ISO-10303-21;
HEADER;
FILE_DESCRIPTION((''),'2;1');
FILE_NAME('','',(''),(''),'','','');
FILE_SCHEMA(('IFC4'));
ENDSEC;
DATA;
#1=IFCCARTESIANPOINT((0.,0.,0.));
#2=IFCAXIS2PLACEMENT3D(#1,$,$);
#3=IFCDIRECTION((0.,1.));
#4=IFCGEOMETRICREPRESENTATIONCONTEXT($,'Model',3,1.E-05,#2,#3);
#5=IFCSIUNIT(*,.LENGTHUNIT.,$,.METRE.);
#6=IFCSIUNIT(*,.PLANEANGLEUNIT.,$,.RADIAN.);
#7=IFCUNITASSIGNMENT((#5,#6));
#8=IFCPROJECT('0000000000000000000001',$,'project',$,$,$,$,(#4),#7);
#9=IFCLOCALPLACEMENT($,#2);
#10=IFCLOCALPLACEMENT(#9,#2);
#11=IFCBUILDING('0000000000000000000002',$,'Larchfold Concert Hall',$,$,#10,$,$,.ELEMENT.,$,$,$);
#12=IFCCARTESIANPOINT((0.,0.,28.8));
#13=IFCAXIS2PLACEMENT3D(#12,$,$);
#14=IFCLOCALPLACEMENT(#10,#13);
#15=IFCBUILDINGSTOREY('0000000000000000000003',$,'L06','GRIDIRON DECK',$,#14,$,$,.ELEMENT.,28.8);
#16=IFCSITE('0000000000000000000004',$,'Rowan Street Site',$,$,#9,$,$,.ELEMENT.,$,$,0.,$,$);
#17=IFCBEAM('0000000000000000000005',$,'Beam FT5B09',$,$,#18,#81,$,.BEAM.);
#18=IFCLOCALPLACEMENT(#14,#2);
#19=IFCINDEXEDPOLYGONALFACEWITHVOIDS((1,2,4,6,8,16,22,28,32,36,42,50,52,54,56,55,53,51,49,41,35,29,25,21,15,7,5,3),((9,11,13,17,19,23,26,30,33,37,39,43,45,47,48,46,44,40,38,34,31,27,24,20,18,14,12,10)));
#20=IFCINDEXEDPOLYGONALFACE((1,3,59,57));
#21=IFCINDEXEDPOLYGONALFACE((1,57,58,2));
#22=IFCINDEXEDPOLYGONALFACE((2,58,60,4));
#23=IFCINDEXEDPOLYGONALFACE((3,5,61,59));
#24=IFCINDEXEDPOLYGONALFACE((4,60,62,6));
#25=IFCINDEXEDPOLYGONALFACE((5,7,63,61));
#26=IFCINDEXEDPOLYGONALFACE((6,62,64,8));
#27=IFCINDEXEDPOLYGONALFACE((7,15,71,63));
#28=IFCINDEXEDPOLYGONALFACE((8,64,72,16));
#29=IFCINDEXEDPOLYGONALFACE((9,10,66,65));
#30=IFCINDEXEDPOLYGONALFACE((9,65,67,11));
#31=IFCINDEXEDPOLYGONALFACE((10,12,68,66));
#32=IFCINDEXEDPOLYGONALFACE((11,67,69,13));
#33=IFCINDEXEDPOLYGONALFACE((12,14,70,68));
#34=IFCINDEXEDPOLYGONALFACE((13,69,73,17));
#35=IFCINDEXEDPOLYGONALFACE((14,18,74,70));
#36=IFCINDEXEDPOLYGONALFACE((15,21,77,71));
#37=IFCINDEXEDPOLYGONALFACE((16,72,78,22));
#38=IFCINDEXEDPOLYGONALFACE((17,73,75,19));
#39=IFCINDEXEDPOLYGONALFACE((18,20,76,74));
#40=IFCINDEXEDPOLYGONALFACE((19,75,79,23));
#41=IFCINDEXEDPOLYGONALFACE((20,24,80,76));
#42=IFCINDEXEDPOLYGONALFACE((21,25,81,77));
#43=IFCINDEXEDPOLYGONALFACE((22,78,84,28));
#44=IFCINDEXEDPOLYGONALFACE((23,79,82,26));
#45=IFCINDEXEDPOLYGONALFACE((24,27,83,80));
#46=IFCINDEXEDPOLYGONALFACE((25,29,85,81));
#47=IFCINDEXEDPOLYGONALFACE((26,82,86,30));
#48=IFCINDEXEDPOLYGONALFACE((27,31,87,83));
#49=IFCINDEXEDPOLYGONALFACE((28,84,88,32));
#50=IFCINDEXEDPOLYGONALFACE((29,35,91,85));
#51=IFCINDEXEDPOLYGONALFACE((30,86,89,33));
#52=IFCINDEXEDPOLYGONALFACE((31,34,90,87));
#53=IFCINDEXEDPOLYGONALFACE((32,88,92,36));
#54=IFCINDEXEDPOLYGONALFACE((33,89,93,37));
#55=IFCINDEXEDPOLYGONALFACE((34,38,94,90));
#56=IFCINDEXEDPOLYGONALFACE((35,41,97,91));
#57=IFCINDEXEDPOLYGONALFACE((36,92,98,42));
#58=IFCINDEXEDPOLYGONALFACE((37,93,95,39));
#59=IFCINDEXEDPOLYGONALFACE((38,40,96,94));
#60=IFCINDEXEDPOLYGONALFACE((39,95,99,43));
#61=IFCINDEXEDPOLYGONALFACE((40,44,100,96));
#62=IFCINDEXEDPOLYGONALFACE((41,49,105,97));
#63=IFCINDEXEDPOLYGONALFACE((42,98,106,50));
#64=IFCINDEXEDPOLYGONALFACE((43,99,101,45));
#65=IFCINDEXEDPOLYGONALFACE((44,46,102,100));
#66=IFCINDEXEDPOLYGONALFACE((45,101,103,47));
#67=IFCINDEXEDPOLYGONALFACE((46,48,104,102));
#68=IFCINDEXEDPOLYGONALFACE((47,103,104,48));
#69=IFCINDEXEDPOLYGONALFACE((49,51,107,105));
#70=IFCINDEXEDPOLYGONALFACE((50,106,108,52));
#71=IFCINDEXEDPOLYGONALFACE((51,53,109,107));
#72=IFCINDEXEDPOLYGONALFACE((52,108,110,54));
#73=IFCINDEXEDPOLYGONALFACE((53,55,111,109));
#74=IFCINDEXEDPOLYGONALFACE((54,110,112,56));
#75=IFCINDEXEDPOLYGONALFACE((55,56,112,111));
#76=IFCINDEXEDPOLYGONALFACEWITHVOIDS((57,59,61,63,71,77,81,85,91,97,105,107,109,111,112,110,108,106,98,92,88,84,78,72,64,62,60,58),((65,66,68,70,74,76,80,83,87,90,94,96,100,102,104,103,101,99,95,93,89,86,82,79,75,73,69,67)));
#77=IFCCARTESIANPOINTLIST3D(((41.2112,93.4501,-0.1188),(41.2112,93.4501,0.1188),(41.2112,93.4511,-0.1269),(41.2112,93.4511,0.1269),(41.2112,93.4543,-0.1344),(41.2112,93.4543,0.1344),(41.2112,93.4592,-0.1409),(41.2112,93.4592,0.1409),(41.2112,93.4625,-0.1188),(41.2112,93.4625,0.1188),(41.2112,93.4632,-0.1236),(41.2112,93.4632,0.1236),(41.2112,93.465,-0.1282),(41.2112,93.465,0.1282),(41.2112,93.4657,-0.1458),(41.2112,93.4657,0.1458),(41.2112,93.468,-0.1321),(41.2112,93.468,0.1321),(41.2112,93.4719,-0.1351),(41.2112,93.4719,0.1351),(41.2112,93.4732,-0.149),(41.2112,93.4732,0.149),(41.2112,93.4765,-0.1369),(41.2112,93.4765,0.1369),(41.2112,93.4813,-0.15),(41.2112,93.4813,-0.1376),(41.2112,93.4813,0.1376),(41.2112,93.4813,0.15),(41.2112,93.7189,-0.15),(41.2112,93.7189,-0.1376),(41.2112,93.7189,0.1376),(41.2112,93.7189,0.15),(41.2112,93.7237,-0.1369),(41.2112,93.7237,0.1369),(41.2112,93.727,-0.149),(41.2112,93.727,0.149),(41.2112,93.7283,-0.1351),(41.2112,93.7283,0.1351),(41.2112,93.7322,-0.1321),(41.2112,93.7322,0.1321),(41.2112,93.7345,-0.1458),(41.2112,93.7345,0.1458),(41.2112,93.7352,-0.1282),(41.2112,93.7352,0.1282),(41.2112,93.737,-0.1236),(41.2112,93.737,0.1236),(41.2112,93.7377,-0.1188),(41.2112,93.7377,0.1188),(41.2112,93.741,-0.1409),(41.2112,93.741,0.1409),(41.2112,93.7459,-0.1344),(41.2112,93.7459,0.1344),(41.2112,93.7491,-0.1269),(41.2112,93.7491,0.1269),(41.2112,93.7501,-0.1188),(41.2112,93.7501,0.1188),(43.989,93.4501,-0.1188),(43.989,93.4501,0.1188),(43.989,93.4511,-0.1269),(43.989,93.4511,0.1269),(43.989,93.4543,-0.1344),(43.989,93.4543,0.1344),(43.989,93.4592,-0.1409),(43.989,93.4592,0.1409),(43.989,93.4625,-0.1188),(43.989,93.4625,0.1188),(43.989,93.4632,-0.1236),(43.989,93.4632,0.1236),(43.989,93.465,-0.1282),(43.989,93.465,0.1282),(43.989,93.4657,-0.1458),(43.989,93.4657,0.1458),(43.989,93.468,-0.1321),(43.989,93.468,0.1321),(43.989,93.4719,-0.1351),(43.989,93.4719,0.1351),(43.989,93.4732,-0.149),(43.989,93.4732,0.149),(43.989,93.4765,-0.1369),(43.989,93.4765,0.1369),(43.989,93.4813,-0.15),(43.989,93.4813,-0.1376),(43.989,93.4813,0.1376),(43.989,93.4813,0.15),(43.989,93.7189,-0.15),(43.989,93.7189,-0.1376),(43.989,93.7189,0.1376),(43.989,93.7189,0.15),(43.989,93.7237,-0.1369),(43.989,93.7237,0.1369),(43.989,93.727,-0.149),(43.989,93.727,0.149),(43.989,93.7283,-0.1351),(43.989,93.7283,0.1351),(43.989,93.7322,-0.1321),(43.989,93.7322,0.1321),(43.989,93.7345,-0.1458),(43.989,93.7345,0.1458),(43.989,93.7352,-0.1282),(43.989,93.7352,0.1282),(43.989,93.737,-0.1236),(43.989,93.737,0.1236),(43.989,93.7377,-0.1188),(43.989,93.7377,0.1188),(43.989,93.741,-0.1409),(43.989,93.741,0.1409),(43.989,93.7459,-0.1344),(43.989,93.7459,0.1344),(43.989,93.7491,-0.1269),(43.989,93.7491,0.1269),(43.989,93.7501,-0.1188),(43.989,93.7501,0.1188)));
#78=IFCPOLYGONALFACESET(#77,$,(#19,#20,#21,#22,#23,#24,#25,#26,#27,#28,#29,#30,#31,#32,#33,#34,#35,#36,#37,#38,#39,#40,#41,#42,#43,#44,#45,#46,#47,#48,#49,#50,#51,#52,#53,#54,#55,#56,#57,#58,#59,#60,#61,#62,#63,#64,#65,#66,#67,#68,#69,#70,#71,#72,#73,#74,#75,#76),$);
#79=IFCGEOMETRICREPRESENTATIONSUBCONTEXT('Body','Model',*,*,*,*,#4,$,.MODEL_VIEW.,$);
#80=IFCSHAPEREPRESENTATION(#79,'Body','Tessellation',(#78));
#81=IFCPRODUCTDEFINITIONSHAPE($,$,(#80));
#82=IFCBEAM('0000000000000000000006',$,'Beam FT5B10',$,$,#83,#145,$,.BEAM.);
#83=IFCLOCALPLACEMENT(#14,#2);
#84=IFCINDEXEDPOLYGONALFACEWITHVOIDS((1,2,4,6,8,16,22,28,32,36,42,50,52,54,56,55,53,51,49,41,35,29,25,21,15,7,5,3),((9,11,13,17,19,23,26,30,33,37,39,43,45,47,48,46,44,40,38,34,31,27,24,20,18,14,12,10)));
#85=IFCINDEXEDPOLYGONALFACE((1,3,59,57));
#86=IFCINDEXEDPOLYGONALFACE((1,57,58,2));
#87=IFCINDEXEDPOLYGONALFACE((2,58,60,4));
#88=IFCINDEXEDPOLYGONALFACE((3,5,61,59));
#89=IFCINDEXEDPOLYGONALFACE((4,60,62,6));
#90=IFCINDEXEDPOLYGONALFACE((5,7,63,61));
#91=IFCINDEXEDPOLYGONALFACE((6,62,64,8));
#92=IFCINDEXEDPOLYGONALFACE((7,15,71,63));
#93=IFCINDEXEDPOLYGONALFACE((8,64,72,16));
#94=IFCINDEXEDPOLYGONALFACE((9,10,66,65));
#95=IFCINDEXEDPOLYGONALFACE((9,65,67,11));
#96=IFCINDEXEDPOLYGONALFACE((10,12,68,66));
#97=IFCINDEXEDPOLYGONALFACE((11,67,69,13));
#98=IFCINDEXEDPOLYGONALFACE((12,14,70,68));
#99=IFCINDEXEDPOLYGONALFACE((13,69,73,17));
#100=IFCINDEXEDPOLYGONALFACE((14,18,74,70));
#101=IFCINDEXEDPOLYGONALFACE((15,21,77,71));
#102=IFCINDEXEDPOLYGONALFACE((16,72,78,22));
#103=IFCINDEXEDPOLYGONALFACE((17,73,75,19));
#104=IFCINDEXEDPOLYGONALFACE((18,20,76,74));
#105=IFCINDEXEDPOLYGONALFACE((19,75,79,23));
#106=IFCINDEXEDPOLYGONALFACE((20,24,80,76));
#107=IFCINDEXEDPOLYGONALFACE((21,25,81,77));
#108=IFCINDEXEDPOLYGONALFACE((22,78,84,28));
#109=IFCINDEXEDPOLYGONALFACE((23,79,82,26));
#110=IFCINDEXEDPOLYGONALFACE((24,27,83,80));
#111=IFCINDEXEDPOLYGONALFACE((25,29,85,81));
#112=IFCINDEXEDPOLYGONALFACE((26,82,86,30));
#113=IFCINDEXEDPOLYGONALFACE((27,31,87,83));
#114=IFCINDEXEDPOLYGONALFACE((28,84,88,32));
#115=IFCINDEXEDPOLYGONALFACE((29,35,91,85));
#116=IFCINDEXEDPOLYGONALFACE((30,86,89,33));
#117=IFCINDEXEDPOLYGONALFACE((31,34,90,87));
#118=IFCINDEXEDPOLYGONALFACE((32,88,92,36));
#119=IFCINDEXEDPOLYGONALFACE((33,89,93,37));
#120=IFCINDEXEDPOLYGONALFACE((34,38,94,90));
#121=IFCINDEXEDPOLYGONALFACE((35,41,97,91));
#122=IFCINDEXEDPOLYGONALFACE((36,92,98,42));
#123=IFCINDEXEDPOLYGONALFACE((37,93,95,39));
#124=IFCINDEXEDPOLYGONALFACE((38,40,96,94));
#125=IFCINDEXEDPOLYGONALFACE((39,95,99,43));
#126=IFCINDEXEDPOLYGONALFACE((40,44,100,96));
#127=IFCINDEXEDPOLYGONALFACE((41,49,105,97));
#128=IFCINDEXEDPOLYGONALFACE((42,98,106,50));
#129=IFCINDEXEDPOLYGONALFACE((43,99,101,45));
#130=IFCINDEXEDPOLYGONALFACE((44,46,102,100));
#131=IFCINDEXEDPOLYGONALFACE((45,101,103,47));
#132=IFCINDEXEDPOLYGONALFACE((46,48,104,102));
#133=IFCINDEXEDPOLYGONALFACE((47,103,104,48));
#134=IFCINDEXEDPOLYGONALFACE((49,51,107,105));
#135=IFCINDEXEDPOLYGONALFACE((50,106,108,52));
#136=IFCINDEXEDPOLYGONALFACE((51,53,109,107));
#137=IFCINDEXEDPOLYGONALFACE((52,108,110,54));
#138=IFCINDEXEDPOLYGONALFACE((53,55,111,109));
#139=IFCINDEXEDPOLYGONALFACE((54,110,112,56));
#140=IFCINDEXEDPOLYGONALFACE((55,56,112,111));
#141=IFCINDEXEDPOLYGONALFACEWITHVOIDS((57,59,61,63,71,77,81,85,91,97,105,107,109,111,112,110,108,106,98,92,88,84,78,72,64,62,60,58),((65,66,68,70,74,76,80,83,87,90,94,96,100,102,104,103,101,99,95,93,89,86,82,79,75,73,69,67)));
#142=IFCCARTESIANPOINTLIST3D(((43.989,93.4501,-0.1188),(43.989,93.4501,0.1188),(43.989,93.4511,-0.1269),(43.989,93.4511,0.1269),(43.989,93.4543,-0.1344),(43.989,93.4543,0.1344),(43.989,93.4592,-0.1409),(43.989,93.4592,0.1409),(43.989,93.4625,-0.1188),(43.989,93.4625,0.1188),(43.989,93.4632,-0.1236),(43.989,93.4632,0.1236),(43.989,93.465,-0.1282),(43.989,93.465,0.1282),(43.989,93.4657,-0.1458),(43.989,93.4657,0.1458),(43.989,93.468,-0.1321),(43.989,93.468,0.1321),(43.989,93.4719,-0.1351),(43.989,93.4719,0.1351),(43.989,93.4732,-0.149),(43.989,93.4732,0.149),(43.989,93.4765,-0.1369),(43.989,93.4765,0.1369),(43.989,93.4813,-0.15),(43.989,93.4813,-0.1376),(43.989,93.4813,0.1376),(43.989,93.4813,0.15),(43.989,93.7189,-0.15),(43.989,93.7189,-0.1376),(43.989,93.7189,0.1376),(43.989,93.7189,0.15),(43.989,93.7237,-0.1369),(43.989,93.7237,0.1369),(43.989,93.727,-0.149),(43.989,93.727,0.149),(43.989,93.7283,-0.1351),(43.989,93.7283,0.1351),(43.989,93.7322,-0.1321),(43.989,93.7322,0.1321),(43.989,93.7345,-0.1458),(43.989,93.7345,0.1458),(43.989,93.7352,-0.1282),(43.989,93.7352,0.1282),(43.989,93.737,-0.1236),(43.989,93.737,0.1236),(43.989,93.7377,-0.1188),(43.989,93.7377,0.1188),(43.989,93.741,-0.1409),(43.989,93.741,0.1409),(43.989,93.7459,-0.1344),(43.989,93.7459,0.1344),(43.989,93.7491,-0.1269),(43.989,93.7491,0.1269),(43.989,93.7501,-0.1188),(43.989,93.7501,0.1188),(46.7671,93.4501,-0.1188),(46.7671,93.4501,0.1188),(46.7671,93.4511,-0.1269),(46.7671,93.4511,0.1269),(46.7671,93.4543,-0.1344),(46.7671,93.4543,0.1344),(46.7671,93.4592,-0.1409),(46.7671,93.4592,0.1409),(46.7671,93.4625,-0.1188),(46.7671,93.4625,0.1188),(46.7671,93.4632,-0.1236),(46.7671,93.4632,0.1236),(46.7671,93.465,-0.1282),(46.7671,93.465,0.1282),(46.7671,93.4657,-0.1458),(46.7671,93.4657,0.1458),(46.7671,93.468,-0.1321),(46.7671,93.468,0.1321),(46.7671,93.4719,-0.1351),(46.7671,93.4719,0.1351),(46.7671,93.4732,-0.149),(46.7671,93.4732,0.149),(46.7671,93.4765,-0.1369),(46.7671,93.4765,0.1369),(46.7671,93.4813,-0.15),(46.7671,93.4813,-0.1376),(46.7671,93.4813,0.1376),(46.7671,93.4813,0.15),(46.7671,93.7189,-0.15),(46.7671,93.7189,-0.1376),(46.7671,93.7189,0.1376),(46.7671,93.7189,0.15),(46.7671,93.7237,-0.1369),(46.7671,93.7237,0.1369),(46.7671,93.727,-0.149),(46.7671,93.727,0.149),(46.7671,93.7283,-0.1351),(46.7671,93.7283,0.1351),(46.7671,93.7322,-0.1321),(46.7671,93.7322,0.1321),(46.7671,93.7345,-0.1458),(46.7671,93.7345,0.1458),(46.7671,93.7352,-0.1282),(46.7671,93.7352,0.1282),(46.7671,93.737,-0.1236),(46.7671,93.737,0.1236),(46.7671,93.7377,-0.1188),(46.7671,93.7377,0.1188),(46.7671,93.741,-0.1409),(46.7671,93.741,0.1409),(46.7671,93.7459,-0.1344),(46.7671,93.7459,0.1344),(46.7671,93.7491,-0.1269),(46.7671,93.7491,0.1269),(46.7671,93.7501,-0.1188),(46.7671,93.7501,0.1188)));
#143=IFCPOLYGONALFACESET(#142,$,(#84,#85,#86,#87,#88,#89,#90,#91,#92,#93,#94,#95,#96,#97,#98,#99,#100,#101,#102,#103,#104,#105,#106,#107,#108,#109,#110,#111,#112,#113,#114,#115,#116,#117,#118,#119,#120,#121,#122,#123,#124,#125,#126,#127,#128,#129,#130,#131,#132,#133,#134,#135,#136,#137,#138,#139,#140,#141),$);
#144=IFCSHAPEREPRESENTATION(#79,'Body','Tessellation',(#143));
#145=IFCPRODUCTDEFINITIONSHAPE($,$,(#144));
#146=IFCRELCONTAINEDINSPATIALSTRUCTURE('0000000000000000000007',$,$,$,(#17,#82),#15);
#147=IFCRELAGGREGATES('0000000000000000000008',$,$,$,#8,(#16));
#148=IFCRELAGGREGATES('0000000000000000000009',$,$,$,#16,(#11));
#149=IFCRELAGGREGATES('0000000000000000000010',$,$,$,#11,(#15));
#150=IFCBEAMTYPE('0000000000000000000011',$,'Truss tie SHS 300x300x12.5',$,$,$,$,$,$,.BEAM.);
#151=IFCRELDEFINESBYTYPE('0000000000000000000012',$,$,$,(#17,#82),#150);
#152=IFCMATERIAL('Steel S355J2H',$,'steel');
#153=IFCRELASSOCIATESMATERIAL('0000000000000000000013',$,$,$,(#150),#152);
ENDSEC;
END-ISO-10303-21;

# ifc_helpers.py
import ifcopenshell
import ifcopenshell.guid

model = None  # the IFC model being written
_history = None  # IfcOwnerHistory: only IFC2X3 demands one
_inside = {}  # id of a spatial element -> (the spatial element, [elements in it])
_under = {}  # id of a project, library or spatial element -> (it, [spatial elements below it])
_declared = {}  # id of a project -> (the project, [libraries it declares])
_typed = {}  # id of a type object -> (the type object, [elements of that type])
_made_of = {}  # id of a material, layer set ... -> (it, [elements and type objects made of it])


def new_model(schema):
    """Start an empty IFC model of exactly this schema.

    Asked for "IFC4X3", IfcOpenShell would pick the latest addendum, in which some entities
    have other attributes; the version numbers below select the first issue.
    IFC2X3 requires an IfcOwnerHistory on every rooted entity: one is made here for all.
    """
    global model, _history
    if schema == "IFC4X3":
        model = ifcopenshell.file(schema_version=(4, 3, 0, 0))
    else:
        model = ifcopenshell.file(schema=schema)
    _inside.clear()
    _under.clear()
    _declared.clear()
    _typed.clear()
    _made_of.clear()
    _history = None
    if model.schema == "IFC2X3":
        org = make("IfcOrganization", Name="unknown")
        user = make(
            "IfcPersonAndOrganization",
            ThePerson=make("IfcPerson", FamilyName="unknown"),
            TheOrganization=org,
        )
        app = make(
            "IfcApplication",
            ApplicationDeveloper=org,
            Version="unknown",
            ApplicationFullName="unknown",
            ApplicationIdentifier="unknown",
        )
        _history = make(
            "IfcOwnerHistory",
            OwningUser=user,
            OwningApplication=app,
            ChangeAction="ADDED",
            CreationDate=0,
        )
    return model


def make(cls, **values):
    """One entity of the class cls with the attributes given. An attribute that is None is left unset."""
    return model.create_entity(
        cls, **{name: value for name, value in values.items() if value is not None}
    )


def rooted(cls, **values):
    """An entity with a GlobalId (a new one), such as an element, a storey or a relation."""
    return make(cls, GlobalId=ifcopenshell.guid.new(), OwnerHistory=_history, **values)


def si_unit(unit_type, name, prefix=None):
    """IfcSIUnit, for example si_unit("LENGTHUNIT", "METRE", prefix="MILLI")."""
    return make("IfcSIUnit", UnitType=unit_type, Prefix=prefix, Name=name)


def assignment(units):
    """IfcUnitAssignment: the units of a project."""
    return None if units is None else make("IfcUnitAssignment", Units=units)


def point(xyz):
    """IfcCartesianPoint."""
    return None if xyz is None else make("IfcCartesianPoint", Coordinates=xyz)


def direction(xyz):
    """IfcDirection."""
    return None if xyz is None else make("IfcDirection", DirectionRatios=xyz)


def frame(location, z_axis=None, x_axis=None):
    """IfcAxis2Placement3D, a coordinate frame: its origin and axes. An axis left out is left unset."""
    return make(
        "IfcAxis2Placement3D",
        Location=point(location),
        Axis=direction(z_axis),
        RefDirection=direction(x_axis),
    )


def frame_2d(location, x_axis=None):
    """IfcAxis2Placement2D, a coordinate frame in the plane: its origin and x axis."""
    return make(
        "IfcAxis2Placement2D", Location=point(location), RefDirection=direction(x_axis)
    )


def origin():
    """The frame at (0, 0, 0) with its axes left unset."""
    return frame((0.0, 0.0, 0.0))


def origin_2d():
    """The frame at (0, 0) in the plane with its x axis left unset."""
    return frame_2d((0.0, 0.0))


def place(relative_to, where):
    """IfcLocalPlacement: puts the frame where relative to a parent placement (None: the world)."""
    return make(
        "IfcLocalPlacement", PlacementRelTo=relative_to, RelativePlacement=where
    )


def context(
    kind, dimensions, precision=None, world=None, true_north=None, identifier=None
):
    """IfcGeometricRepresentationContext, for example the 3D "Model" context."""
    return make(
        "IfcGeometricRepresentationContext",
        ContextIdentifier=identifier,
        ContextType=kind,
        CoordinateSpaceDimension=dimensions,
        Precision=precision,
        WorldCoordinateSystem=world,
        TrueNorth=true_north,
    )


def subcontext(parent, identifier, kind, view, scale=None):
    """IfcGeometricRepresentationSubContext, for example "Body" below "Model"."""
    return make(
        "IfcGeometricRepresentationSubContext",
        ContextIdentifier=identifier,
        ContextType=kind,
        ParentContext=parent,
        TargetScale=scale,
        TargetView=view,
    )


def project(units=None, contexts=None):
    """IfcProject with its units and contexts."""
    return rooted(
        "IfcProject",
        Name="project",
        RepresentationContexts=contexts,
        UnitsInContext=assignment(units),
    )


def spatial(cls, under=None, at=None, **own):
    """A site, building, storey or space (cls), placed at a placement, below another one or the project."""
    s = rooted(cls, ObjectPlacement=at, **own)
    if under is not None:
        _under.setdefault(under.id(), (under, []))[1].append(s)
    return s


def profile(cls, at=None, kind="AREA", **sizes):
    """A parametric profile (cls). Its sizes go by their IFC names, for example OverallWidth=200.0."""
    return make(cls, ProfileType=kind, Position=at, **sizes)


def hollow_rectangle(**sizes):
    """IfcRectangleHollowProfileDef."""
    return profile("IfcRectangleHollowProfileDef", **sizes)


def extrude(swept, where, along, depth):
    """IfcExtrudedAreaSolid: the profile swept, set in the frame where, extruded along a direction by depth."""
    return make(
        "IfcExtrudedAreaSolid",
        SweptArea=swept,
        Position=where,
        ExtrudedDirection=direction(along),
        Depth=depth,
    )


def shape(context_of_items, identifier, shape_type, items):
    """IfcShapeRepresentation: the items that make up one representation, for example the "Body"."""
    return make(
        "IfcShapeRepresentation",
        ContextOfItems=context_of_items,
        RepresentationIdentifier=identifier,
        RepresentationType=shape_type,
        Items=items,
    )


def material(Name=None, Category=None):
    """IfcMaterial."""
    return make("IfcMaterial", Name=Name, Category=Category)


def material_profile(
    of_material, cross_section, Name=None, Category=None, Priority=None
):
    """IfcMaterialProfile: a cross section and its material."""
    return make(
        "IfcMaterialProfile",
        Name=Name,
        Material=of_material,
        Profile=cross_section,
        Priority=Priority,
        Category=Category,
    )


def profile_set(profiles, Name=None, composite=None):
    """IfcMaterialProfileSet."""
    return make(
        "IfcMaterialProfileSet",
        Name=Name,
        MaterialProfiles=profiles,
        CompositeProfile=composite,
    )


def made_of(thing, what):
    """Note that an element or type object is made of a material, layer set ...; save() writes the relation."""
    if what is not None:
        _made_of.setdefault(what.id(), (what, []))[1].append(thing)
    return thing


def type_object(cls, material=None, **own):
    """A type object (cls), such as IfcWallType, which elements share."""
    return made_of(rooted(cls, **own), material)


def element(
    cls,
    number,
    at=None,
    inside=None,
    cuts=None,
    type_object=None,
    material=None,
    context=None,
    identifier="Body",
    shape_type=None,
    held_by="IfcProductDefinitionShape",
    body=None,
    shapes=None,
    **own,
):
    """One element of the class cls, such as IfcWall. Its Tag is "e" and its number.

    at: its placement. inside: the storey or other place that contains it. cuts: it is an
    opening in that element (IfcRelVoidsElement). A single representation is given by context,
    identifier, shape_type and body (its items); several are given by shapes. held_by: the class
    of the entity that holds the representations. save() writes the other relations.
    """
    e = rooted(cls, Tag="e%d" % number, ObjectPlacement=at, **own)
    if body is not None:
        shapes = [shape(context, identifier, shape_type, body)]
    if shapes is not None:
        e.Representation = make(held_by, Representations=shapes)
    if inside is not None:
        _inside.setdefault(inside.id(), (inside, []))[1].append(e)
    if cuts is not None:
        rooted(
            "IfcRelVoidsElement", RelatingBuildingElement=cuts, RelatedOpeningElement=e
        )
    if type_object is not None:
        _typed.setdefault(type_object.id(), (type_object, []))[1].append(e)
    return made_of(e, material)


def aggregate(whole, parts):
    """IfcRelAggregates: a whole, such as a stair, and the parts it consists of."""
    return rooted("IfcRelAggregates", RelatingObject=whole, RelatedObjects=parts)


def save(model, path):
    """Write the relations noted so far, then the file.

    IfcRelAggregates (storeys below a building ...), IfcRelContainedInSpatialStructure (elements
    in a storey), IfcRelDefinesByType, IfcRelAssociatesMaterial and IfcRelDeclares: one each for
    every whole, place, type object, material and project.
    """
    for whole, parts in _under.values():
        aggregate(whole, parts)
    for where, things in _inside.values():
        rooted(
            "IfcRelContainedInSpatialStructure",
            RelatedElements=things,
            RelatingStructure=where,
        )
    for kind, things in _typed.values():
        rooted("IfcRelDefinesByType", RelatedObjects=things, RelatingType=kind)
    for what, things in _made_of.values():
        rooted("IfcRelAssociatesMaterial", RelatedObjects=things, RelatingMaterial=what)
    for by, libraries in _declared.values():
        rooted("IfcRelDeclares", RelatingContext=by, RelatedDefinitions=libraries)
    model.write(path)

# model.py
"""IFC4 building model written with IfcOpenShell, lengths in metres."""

from ifc_helpers import new_model, si_unit, direction, frame, origin, origin_2d, place, context, subcontext, project, spatial, hollow_rectangle, extrude, material, material_profile, profile_set, type_object, element, save


model = new_model("IFC4")

# Units and contexts
model_context = context("Model", 3, precision=1e-05, world=origin(), true_north=direction((0.0, 1.0)))
body_context = subcontext(model_context, "Body", "Model", "MODEL_VIEW")
ifc_project = project(units=[si_unit("LENGTHUNIT", "METRE"), si_unit("PLANEANGLEUNIT", "RADIAN")], contexts=[model_context])

# Site, building, storey
site_placement = place(None, origin())
site = spatial("IfcSite", under=ifc_project, at=site_placement, Name="Rowan Street Site", CompositionType="ELEMENT", RefElevation=0.0)
building_placement = place(site_placement, origin())
building = spatial("IfcBuilding", under=site, at=building_placement, Name="Larchfold Concert Hall", CompositionType="ELEMENT")
storey_placement = place(building_placement, frame((0.0, 0.0, 28.8)))
storey = spatial("IfcBuildingStorey", under=building, at=storey_placement, Name="L06", Description="GRIDIRON DECK", CompositionType="ELEMENT", Elevation=28.8)

# Beams
ifc_material_1 = material(Name="Steel S355J2H", Category="steel")
ifc_material_profile_1 = material_profile(ifc_material_1, hollow_rectangle(XDim=0.3, YDim=0.3, WallThickness=0.0125, InnerFilletRadius=0.0188, OuterFilletRadius=0.0312, at=origin_2d()))
ifc_profile_set_1 = profile_set([ifc_material_profile_1], Name="Steel S355J2H")
beam_type_1 = type_object("IfcBeamType", Name="Truss tie SHS 300x300x12.5", PredefinedType="BEAM", material=ifc_profile_set_1)
beam_1_placement = place(storey_placement, frame((41.2112, 93.6001, 0.0), z_axis=(1.0, 0.0, 0.0), x_axis=(0.0, 1.0, 0.0)))
element("IfcBeam", 1, at=beam_1_placement, inside=storey, type_object=beam_type_1, Name="Beam FT5B09", PredefinedType="BEAM", context=body_context, shape_type="SweptSolid", body=[
    extrude(hollow_rectangle(XDim=0.3, YDim=0.3, WallThickness=0.0125, InnerFilletRadius=0.0188, OuterFilletRadius=0.0312, at=origin_2d()), origin(), (0.0, 0.0, 1.0), 2.7778),
])
beam_2_placement = place(storey_placement, frame((43.989, 93.6001, 0.0), z_axis=(1.0, 0.0, 0.0), x_axis=(0.0, 1.0, 0.0)))
element("IfcBeam", 2, at=beam_2_placement, inside=storey, type_object=beam_type_1, Name="Beam FT5B10", PredefinedType="BEAM", context=body_context, shape_type="SweptSolid", body=[
    extrude(hollow_rectangle(XDim=0.3, YDim=0.3, WallThickness=0.0125, InnerFilletRadius=0.0188, OuterFilletRadius=0.0312, at=origin_2d()), origin(), (0.0, 0.0, 1.0), 2.7781),
])

save(model, "model.ifc")
